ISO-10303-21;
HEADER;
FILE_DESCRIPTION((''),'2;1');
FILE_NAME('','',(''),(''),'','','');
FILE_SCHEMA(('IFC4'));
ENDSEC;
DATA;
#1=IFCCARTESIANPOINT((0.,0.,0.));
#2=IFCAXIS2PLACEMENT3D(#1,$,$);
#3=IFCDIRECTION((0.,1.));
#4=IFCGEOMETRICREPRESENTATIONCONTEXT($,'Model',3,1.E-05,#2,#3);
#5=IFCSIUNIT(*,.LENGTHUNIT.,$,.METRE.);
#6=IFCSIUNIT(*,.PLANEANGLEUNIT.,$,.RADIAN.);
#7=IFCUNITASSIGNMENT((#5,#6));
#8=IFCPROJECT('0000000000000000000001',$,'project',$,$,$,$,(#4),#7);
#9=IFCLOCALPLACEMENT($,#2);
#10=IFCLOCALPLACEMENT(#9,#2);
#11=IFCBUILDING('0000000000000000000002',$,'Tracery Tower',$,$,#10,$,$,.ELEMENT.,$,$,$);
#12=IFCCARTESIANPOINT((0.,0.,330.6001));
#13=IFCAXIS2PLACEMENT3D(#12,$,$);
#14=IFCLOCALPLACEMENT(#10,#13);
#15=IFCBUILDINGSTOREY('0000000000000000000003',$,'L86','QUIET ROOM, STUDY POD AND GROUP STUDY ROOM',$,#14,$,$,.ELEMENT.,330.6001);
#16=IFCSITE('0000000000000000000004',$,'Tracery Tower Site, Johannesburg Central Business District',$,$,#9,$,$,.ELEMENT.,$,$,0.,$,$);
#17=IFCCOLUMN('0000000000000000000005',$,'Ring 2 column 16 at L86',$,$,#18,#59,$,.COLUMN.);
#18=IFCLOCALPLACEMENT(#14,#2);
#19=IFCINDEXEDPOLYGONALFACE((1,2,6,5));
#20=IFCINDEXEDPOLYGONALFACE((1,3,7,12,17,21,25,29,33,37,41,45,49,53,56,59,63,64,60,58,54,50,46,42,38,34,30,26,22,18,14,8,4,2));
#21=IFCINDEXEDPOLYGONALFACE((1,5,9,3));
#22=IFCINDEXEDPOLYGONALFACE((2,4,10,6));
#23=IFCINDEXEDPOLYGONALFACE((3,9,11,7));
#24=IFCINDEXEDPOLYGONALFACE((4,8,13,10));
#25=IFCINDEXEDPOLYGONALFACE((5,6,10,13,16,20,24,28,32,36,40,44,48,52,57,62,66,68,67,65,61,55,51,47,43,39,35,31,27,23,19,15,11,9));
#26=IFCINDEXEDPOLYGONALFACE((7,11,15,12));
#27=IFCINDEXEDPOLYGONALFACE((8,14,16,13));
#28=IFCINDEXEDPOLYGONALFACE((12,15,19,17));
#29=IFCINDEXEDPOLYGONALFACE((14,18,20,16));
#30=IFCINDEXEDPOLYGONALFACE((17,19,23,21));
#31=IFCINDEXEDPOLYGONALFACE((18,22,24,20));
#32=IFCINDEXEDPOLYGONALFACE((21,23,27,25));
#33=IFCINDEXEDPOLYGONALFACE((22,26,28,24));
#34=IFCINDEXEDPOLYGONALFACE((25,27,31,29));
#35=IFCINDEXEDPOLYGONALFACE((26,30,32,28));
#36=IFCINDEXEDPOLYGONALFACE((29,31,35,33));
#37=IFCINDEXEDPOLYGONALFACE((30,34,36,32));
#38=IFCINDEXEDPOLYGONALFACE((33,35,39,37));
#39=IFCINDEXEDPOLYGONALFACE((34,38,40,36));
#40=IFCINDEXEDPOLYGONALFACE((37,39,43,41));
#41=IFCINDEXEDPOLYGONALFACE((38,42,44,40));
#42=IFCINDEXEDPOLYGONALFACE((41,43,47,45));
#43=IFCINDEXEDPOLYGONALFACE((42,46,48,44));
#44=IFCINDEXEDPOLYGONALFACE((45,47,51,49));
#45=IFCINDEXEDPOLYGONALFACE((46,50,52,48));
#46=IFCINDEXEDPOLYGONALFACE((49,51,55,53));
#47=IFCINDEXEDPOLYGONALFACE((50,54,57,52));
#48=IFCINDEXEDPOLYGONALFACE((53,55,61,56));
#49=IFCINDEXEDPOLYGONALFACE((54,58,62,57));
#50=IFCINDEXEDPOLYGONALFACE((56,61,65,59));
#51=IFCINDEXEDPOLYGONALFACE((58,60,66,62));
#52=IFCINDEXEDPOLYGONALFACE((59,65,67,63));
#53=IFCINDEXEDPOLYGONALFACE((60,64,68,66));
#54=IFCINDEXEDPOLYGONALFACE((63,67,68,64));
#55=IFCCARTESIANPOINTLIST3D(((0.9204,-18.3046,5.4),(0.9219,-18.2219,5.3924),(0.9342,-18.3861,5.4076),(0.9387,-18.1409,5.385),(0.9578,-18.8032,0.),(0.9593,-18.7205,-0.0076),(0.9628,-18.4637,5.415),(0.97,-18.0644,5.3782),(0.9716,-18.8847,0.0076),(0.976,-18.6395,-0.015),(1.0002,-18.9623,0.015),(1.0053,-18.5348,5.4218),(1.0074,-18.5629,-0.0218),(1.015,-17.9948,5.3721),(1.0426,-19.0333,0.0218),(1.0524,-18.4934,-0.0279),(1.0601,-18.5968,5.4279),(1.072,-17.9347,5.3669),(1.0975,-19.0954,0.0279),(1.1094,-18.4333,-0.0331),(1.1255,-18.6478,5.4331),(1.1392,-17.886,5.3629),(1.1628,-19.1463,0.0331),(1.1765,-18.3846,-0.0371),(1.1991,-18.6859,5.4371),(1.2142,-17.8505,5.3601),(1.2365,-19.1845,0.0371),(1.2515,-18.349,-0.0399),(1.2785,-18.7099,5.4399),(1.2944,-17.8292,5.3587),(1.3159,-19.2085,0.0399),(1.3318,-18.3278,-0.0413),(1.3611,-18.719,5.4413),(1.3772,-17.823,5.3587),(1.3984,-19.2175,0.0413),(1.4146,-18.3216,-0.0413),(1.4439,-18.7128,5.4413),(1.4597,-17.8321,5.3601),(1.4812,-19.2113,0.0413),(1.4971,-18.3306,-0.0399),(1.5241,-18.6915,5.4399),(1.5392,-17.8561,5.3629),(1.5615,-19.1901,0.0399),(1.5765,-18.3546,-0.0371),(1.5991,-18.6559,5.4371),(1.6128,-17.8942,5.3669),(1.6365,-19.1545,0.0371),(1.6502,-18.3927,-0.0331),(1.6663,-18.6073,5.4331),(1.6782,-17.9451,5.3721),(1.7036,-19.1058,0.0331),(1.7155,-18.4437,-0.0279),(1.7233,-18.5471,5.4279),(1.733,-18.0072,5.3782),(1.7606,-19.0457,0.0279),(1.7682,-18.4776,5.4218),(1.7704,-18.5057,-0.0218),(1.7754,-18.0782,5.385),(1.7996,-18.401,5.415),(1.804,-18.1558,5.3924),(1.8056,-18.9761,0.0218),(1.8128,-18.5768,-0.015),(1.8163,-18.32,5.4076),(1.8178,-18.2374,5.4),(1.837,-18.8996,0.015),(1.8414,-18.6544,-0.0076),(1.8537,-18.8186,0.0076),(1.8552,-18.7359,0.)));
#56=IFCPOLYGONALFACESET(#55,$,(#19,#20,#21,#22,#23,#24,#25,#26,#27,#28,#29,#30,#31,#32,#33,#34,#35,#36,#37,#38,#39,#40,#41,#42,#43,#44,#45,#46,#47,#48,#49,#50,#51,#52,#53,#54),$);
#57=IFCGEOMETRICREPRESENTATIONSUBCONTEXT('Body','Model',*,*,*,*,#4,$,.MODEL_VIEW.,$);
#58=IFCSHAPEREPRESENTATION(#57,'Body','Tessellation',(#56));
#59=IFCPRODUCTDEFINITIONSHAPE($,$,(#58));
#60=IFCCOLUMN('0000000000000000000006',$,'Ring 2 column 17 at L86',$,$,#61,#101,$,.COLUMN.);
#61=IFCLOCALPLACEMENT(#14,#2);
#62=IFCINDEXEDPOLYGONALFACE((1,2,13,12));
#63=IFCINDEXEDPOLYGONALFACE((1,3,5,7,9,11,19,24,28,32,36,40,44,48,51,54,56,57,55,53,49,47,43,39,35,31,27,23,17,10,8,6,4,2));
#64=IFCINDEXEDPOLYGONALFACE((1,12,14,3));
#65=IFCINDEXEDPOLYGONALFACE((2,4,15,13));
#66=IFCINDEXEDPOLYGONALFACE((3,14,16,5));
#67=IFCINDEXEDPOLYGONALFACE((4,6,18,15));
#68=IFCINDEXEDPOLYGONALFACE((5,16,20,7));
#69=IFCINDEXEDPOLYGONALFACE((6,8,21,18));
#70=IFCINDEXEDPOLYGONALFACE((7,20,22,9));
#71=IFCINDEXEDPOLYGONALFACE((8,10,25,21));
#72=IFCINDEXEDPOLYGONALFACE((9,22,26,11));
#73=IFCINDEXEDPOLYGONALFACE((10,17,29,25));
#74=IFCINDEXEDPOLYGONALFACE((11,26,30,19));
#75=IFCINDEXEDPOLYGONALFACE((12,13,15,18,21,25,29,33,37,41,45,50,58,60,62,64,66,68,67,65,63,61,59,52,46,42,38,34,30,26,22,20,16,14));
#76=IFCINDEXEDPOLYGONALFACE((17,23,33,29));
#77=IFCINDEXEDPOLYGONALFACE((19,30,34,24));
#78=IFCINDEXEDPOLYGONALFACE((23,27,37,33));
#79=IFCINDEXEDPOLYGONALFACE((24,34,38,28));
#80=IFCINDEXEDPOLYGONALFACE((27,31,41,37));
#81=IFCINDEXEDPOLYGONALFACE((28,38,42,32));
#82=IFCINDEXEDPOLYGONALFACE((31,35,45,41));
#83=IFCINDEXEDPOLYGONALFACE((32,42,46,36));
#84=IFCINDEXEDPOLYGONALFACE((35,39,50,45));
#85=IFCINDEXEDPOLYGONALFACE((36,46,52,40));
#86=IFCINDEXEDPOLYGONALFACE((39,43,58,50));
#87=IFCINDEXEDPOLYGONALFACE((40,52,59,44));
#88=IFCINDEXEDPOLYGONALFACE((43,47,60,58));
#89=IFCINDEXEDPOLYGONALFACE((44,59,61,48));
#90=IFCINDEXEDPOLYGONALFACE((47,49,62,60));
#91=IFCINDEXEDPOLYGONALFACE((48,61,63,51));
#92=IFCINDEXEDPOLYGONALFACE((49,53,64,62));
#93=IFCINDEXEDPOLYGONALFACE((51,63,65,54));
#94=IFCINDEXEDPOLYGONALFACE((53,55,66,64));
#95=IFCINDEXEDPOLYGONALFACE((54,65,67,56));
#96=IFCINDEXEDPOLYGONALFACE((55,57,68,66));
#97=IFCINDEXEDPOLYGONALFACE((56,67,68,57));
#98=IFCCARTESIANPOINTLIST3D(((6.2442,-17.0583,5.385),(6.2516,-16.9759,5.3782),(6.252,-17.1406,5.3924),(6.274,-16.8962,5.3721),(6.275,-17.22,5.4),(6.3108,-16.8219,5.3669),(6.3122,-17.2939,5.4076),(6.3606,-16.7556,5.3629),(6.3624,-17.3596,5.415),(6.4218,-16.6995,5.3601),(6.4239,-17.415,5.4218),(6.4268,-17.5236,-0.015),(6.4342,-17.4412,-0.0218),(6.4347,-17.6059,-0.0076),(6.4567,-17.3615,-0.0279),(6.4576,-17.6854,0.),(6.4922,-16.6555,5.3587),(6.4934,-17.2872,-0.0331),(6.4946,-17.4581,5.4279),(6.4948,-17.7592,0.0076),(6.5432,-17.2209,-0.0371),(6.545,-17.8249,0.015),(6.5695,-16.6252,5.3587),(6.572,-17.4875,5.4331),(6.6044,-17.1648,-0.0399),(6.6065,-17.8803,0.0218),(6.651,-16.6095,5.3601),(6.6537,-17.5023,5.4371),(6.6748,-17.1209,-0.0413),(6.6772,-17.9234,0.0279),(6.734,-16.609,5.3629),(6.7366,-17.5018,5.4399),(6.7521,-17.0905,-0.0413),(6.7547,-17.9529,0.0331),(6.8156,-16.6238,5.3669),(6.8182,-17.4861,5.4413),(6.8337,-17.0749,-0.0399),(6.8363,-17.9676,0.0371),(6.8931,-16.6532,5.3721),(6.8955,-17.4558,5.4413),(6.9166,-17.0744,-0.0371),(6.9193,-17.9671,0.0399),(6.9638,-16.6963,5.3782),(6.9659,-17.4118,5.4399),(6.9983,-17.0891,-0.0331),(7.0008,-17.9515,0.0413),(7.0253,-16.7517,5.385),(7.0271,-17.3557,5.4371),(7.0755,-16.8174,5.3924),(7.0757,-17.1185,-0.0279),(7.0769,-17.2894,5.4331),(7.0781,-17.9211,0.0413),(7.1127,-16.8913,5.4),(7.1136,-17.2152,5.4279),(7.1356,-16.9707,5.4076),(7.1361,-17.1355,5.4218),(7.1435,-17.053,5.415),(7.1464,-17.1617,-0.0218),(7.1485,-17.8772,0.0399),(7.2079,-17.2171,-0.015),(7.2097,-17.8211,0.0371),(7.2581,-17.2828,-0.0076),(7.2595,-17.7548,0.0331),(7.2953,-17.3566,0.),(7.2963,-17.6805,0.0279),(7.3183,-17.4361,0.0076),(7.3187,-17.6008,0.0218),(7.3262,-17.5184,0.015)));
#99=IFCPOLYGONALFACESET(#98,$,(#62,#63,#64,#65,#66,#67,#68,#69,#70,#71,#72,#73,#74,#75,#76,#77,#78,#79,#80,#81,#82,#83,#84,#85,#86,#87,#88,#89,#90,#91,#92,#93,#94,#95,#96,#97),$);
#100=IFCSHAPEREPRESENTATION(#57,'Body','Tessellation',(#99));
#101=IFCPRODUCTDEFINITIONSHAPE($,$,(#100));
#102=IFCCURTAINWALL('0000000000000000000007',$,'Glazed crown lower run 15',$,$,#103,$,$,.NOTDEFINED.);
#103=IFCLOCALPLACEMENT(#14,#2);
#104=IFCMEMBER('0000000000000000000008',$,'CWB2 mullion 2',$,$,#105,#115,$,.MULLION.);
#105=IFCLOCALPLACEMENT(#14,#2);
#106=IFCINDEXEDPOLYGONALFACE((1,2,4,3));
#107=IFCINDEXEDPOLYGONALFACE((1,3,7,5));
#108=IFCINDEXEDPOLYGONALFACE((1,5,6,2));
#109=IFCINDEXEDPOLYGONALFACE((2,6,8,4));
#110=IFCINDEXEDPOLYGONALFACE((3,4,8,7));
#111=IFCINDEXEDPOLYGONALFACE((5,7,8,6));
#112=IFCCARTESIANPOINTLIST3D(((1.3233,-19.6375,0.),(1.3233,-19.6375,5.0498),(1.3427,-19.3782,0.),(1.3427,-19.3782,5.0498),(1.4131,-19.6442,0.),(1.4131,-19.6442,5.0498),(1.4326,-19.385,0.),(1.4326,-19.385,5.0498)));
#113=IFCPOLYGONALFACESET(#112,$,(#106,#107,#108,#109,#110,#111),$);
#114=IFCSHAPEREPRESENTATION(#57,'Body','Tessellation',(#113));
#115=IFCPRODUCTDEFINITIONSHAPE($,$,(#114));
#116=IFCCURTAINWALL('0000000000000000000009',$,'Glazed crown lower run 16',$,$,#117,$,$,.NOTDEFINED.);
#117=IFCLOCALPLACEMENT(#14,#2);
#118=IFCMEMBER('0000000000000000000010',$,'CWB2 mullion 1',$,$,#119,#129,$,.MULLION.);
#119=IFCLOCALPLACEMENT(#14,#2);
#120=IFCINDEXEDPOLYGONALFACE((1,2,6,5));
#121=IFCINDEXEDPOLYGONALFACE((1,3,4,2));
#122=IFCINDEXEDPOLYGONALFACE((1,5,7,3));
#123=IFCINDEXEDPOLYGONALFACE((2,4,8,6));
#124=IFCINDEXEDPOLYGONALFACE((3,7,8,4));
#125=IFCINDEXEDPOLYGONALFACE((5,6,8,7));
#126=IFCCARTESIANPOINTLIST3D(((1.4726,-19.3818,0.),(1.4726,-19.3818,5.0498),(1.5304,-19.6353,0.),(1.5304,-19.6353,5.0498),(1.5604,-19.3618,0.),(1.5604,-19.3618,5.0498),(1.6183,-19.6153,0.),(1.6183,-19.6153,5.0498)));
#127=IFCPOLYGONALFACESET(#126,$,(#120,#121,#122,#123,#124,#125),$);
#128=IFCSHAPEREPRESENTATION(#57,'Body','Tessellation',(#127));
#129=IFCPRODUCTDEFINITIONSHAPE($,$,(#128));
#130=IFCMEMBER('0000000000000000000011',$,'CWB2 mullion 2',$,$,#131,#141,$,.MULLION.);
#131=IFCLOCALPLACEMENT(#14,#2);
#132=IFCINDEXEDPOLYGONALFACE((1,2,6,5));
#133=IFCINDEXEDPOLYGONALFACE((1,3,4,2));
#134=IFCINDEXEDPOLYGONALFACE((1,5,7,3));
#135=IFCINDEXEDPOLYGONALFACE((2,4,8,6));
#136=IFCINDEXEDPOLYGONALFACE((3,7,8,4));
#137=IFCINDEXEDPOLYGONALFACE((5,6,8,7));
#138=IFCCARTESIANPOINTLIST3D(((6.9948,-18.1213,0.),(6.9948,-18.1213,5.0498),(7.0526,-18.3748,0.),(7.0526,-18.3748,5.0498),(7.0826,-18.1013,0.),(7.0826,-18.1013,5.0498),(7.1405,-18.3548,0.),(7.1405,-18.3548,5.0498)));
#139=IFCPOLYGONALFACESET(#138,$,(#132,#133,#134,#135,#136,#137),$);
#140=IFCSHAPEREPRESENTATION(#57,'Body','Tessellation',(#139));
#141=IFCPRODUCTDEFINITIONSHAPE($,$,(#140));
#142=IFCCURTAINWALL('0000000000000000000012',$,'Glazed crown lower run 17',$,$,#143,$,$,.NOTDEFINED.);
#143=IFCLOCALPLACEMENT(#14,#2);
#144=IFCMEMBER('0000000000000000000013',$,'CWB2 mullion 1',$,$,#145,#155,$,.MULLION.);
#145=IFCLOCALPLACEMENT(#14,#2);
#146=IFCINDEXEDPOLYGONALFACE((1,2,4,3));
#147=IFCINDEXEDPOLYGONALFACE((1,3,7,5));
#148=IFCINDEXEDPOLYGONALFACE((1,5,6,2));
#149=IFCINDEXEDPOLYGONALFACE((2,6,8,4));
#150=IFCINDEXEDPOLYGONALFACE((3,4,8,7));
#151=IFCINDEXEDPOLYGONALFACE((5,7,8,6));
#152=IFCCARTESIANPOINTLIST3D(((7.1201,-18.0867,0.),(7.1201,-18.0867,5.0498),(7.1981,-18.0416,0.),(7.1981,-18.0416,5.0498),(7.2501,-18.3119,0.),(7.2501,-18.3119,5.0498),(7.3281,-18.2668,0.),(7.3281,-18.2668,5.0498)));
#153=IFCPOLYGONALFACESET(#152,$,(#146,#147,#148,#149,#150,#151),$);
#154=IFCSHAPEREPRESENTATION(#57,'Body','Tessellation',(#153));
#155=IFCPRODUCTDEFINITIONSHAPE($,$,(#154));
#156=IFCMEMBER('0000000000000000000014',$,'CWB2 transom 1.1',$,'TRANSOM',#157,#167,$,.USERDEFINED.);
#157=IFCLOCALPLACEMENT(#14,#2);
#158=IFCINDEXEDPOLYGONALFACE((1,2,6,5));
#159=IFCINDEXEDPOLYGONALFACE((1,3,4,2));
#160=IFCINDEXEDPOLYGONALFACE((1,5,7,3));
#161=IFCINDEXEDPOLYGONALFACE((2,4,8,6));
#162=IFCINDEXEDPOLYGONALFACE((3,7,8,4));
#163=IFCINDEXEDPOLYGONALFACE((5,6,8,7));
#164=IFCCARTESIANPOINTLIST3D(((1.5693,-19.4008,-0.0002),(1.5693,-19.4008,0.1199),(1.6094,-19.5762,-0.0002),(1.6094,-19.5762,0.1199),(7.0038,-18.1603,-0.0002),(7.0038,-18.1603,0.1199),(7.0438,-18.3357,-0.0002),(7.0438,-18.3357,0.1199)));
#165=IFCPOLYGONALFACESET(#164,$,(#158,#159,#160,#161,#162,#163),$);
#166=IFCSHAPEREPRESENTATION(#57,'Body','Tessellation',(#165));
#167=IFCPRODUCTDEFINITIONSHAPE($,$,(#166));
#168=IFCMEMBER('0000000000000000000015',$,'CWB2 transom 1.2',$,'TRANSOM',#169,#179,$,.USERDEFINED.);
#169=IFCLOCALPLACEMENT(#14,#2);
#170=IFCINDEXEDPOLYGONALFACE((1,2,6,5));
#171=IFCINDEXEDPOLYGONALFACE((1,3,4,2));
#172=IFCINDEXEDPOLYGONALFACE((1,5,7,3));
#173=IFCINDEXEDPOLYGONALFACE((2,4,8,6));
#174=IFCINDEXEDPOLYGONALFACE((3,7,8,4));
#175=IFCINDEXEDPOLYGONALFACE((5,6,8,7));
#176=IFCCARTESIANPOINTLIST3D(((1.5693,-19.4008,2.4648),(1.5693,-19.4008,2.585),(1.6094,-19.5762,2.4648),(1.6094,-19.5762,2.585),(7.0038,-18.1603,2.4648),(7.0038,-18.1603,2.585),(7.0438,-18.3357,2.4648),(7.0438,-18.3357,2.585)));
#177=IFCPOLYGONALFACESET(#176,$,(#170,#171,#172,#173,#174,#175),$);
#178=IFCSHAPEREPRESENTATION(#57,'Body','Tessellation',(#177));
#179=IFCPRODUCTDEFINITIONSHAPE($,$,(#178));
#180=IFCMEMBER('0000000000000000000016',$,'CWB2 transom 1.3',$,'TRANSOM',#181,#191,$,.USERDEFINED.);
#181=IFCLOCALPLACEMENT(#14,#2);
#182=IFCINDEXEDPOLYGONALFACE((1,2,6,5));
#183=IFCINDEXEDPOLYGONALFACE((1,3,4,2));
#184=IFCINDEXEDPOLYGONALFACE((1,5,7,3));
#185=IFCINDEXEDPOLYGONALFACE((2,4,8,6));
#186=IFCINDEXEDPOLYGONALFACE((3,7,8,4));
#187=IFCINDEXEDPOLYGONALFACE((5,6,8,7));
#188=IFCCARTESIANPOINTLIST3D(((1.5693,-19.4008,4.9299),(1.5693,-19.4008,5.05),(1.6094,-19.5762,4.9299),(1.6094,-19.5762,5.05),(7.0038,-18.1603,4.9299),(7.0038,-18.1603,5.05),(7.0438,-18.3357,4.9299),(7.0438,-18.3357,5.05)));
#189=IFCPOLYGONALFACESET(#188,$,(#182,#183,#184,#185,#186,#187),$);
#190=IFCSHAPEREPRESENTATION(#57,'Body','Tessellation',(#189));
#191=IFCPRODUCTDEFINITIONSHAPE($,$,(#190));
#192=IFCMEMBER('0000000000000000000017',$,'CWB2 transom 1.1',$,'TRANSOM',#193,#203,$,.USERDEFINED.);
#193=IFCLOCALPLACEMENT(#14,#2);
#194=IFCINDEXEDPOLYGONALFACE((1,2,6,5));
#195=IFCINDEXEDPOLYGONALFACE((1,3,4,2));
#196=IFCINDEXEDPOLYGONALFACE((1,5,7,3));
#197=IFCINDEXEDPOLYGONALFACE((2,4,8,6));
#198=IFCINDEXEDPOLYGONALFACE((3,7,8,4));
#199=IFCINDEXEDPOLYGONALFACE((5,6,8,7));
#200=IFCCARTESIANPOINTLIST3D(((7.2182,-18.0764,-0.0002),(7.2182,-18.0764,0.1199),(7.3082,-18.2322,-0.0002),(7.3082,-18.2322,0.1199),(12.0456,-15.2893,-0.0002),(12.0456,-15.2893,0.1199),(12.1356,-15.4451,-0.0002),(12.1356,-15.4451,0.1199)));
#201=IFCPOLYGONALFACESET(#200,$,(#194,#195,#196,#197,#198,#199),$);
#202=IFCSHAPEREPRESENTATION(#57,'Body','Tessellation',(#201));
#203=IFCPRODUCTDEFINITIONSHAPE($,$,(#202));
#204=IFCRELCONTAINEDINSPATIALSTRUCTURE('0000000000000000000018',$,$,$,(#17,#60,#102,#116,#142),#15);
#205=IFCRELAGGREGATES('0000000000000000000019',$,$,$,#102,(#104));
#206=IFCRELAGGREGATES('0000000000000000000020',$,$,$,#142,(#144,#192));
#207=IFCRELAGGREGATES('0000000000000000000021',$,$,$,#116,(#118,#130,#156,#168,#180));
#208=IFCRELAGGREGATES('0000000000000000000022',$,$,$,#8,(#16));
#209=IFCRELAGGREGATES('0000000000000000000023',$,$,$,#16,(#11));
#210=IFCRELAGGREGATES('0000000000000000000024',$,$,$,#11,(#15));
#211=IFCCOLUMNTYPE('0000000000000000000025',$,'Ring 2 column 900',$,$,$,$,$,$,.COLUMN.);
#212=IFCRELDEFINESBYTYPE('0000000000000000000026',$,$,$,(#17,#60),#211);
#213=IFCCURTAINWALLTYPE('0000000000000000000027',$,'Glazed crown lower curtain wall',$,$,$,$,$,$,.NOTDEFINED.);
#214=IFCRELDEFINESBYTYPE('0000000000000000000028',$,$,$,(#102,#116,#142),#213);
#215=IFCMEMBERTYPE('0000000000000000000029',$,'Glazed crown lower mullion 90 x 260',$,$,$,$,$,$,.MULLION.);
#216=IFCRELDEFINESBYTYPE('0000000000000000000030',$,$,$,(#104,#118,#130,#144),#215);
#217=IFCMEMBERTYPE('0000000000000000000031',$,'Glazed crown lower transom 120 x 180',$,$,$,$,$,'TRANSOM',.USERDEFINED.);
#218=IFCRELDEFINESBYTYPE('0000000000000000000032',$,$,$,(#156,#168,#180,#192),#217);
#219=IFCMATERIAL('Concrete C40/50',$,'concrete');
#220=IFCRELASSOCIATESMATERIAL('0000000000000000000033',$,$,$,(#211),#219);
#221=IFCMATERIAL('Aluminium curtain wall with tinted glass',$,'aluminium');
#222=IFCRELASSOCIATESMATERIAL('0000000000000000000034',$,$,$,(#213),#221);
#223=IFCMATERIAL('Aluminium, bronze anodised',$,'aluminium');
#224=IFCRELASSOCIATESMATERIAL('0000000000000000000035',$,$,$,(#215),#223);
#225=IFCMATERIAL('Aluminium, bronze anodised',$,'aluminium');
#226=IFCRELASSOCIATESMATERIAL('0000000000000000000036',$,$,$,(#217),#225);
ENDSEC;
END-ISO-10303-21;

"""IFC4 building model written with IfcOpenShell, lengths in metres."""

from ifc_helpers import new_model, si_unit, direction, frame, origin, origin_2d, place, context, subcontext, project, spatial, rectangle, circle, extrude, material, material_profile, profile_set, type_object, element, aggregate, save


model = new_model("IFC4")

# Units and contexts
model_context = context("Model", 3, precision=1e-05, world=origin(), true_north=direction((0.0, 1.0)))
body_context = subcontext(model_context, "Body", "Model", "MODEL_VIEW")
ifc_project = project(units=[si_unit("LENGTHUNIT", "METRE"), si_unit("PLANEANGLEUNIT", "RADIAN")], contexts=[model_context])

# Site, building, storey
site_placement = place(None, origin())
site = spatial("IfcSite", under=ifc_project, at=site_placement, Name="Tracery Tower Site, Johannesburg Central Business District", CompositionType="ELEMENT", RefElevation=0.0)
building_placement = place(site_placement, origin())
building = spatial("IfcBuilding", under=site, at=building_placement, Name="Tracery Tower", CompositionType="ELEMENT")
storey_placement = place(building_placement, frame((0.0, 0.0, 330.6001)))
storey = spatial("IfcBuildingStorey", under=building, at=storey_placement, Name="L86", Description="QUIET ROOM, STUDY POD AND GROUP STUDY ROOM", CompositionType="ELEMENT", Elevation=330.6001)

# Columns
ifc_material_1 = material(Name="Concrete C40/50", Category="concrete")
ifc_material_profile_1 = material_profile(ifc_material_1, circle(Radius=0.45, at=origin_2d()), Name="RC D900")
ifc_profile_set_1 = profile_set([ifc_material_profile_1], Name="Concrete C40/50")
column_type = type_object("IfcColumnType", Name="Ring 2 column 900", PredefinedType="COLUMN", material=ifc_profile_set_1)
for number, where, z_axis, x_axis, name in (
    (1, (1.4065, -18.7695, 0.0), (-0.006888, 0.09193, 0.995742), (-0.997205, -0.074717, 0.0), "Ring 2 column 16 at L86"),
    (2, (6.8765, -17.521, 0.0), (-0.033675, 0.085807, 0.995743), (-0.930882, -0.36532, 0.0), "Ring 2 column 17 at L86"),
):
    element("IfcColumn", number, at=place(storey_placement, frame(where, z_axis=z_axis, x_axis=x_axis)), inside=storey, type_object=column_type, Name=name, PredefinedType="COLUMN", context=body_context, shape_type="SweptSolid", body=[
        extrude(circle(Radius=0.45, at=origin_2d()), origin(), (0.0, 0.0, 1.0), 5.4231),
    ])

# Curtain wall, member
ifc_material_2 = material(Name="Aluminium curtain wall with tinted glass", Category="aluminium")
curtain_wall_type = type_object("IfcCurtainWallType", Name="Glazed crown lower curtain wall", PredefinedType="NOTDEFINED", material=ifc_material_2)
curtain_wall_1_placement = place(storey_placement, origin())
curtain_wall_1 = element("IfcCurtainWall", 3, at=curtain_wall_1_placement, inside=storey, type_object=curtain_wall_type, Name="Glazed crown lower run 15", PredefinedType="NOTDEFINED")
ifc_material_3 = material(Name="Aluminium, bronze anodised", Category="aluminium")
ifc_material_profile_2 = material_profile(ifc_material_3, rectangle(XDim=0.26, YDim=0.0901, at=origin_2d()), Name="Glazed crown lower mullion 90 x 260")
ifc_profile_set_2 = profile_set([ifc_material_profile_2], Name="Aluminium, bronze anodised")
member_type_1 = type_object("IfcMemberType", Name="Glazed crown lower mullion 90 x 260", PredefinedType="MULLION", material=ifc_profile_set_2)
member_1_placement = place(storey_placement, frame((1.3779, -19.5112, 0.0), z_axis=(0.0, 0.0, 1.0), x_axis=(0.074729, 0.997204, 0.0)))
member_1 = element("IfcMember", 4, at=member_1_placement, type_object=member_type_1, Name="CWB2 mullion 2", PredefinedType="MULLION", context=body_context, shape_type="SweptSolid", body=[
    extrude(rectangle(XDim=0.26, YDim=0.0901, at=origin_2d()), origin(), (0.0, 0.0, 1.0), 5.0498),
])
aggregate(curtain_wall_1, [member_1])

# Curtain wall, members
curtain_wall_2_placement = place(storey_placement, origin())
curtain_wall_2 = element("IfcCurtainWall", 5, at=curtain_wall_2_placement, inside=storey, type_object=curtain_wall_type, Name="Glazed crown lower run 16", PredefinedType="NOTDEFINED")
member_2_placement = place(storey_placement, frame((1.5454, -19.4985, 0.0), z_axis=(0.0, 0.0, 1.0), x_axis=(-0.222534, 0.974925, 0.0)))
member_2 = element("IfcMember", 6, at=member_2_placement, type_object=member_type_1, Name="CWB2 mullion 1", PredefinedType="MULLION", context=body_context, shape_type="SweptSolid", body=[
    extrude(rectangle(XDim=0.26, YDim=0.0901, at=origin_2d()), origin(), (0.0, 0.0, 1.0), 5.0498),
])
member_3_placement = place(storey_placement, frame((7.0676, -18.238, 0.0), z_axis=(0.0, 0.0, 1.0), x_axis=(-0.222534, 0.974925, 0.0)))
member_3 = element("IfcMember", 7, at=member_3_placement, type_object=member_type_1, Name="CWB2 mullion 2", PredefinedType="MULLION", context=body_context, shape_type="SweptSolid", body=[
    extrude(rectangle(XDim=0.26, YDim=0.0901, at=origin_2d()), origin(), (0.0, 0.0, 1.0), 5.0498),
])

# Curtain wall, member
curtain_wall_3_placement = place(storey_placement, origin())
curtain_wall_3 = element("IfcCurtainWall", 8, at=curtain_wall_3_placement, inside=storey, type_object=curtain_wall_type, Name="Glazed crown lower run 17", PredefinedType="NOTDEFINED")
member_4_placement = place(storey_placement, frame((7.2241, -18.1768, 0.0), z_axis=(0.0, 0.0, 1.0), x_axis=(-0.499993, 0.866029, 0.0)))
member_4 = element("IfcMember", 9, at=member_4_placement, type_object=member_type_1, Name="CWB2 mullion 1", PredefinedType="MULLION", context=body_context, shape_type="SweptSolid", body=[
    extrude(rectangle(XDim=0.26, YDim=0.0901, at=origin_2d()), origin(), (0.0, 0.0, 1.0), 5.0498),
])

# Members
ifc_material_4 = material(Name="Aluminium, bronze anodised", Category="aluminium")
ifc_material_profile_3 = material_profile(ifc_material_4, rectangle(XDim=0.1799, YDim=0.1201, at=origin_2d()), Name="Glazed crown lower transom 120 x 180")
ifc_profile_set_3 = profile_set([ifc_material_profile_3], Name="Aluminium, bronze anodised")
member_type_2 = type_object("IfcMemberType", Name="Glazed crown lower transom 120 x 180", ElementType="TRANSOM", PredefinedType="USERDEFINED", material=ifc_profile_set_3)
member_5_placement = place(storey_placement, frame((1.5894, -19.4885, 0.0598), z_axis=(0.974923, 0.222543, 0.0), x_axis=(-0.222543, 0.974923, 0.0)))
member_5 = element("IfcMember", 10, at=member_5_placement, type_object=member_type_2, Name="CWB2 transom 1.1", ObjectType="TRANSOM", PredefinedType="USERDEFINED", context=body_context, shape_type="SweptSolid", body=[
    extrude(rectangle(XDim=0.1799, YDim=0.1201, at=origin_2d()), origin(), (0.0, 0.0, 1.0), 5.5742),
])
member_6_placement = place(storey_placement, frame((1.5894, -19.4885, 2.5249), z_axis=(0.974923, 0.222543, 0.0), x_axis=(-0.222543, 0.974923, 0.0)))
member_6 = element("IfcMember", 11, at=member_6_placement, type_object=member_type_2, Name="CWB2 transom 1.2", ObjectType="TRANSOM", PredefinedType="USERDEFINED", context=body_context, shape_type="SweptSolid", body=[
    extrude(rectangle(XDim=0.1799, YDim=0.1201, at=origin_2d()), origin(), (0.0, 0.0, 1.0), 5.5742),
])
member_7_placement = place(storey_placement, frame((1.5894, -19.4885, 4.99), z_axis=(0.974923, 0.222543, 0.0), x_axis=(-0.222543, 0.974923, 0.0)))
member_7 = element("IfcMember", 12, at=member_7_placement, type_object=member_type_2, Name="CWB2 transom 1.3", ObjectType="TRANSOM", PredefinedType="USERDEFINED", context=body_context, shape_type="SweptSolid", body=[
    extrude(rectangle(XDim=0.1799, YDim=0.1201, at=origin_2d()), origin(), (0.0, 0.0, 1.0), 5.5742),
])
member_8_placement = place(storey_placement, frame((7.2632, -18.1543, 0.0598), z_axis=(0.866024, 0.500002, 0.0), x_axis=(-0.500002, 0.866024, 0.0)))
member_8 = element("IfcMember", 13, at=member_8_placement, type_object=member_type_2, Name="CWB2 transom 1.1", ObjectType="TRANSOM", PredefinedType="USERDEFINED", context=body_context, shape_type="SweptSolid", body=[
    extrude(rectangle(XDim=0.1799, YDim=0.1201, at=origin_2d()), origin(), (0.0, 0.0, 1.0), 5.5742),
])
aggregate(curtain_wall_3, [member_4, member_8])

aggregate(curtain_wall_2, [member_2, member_3, member_5, member_6, member_7])

save(model, "model.ifc")
